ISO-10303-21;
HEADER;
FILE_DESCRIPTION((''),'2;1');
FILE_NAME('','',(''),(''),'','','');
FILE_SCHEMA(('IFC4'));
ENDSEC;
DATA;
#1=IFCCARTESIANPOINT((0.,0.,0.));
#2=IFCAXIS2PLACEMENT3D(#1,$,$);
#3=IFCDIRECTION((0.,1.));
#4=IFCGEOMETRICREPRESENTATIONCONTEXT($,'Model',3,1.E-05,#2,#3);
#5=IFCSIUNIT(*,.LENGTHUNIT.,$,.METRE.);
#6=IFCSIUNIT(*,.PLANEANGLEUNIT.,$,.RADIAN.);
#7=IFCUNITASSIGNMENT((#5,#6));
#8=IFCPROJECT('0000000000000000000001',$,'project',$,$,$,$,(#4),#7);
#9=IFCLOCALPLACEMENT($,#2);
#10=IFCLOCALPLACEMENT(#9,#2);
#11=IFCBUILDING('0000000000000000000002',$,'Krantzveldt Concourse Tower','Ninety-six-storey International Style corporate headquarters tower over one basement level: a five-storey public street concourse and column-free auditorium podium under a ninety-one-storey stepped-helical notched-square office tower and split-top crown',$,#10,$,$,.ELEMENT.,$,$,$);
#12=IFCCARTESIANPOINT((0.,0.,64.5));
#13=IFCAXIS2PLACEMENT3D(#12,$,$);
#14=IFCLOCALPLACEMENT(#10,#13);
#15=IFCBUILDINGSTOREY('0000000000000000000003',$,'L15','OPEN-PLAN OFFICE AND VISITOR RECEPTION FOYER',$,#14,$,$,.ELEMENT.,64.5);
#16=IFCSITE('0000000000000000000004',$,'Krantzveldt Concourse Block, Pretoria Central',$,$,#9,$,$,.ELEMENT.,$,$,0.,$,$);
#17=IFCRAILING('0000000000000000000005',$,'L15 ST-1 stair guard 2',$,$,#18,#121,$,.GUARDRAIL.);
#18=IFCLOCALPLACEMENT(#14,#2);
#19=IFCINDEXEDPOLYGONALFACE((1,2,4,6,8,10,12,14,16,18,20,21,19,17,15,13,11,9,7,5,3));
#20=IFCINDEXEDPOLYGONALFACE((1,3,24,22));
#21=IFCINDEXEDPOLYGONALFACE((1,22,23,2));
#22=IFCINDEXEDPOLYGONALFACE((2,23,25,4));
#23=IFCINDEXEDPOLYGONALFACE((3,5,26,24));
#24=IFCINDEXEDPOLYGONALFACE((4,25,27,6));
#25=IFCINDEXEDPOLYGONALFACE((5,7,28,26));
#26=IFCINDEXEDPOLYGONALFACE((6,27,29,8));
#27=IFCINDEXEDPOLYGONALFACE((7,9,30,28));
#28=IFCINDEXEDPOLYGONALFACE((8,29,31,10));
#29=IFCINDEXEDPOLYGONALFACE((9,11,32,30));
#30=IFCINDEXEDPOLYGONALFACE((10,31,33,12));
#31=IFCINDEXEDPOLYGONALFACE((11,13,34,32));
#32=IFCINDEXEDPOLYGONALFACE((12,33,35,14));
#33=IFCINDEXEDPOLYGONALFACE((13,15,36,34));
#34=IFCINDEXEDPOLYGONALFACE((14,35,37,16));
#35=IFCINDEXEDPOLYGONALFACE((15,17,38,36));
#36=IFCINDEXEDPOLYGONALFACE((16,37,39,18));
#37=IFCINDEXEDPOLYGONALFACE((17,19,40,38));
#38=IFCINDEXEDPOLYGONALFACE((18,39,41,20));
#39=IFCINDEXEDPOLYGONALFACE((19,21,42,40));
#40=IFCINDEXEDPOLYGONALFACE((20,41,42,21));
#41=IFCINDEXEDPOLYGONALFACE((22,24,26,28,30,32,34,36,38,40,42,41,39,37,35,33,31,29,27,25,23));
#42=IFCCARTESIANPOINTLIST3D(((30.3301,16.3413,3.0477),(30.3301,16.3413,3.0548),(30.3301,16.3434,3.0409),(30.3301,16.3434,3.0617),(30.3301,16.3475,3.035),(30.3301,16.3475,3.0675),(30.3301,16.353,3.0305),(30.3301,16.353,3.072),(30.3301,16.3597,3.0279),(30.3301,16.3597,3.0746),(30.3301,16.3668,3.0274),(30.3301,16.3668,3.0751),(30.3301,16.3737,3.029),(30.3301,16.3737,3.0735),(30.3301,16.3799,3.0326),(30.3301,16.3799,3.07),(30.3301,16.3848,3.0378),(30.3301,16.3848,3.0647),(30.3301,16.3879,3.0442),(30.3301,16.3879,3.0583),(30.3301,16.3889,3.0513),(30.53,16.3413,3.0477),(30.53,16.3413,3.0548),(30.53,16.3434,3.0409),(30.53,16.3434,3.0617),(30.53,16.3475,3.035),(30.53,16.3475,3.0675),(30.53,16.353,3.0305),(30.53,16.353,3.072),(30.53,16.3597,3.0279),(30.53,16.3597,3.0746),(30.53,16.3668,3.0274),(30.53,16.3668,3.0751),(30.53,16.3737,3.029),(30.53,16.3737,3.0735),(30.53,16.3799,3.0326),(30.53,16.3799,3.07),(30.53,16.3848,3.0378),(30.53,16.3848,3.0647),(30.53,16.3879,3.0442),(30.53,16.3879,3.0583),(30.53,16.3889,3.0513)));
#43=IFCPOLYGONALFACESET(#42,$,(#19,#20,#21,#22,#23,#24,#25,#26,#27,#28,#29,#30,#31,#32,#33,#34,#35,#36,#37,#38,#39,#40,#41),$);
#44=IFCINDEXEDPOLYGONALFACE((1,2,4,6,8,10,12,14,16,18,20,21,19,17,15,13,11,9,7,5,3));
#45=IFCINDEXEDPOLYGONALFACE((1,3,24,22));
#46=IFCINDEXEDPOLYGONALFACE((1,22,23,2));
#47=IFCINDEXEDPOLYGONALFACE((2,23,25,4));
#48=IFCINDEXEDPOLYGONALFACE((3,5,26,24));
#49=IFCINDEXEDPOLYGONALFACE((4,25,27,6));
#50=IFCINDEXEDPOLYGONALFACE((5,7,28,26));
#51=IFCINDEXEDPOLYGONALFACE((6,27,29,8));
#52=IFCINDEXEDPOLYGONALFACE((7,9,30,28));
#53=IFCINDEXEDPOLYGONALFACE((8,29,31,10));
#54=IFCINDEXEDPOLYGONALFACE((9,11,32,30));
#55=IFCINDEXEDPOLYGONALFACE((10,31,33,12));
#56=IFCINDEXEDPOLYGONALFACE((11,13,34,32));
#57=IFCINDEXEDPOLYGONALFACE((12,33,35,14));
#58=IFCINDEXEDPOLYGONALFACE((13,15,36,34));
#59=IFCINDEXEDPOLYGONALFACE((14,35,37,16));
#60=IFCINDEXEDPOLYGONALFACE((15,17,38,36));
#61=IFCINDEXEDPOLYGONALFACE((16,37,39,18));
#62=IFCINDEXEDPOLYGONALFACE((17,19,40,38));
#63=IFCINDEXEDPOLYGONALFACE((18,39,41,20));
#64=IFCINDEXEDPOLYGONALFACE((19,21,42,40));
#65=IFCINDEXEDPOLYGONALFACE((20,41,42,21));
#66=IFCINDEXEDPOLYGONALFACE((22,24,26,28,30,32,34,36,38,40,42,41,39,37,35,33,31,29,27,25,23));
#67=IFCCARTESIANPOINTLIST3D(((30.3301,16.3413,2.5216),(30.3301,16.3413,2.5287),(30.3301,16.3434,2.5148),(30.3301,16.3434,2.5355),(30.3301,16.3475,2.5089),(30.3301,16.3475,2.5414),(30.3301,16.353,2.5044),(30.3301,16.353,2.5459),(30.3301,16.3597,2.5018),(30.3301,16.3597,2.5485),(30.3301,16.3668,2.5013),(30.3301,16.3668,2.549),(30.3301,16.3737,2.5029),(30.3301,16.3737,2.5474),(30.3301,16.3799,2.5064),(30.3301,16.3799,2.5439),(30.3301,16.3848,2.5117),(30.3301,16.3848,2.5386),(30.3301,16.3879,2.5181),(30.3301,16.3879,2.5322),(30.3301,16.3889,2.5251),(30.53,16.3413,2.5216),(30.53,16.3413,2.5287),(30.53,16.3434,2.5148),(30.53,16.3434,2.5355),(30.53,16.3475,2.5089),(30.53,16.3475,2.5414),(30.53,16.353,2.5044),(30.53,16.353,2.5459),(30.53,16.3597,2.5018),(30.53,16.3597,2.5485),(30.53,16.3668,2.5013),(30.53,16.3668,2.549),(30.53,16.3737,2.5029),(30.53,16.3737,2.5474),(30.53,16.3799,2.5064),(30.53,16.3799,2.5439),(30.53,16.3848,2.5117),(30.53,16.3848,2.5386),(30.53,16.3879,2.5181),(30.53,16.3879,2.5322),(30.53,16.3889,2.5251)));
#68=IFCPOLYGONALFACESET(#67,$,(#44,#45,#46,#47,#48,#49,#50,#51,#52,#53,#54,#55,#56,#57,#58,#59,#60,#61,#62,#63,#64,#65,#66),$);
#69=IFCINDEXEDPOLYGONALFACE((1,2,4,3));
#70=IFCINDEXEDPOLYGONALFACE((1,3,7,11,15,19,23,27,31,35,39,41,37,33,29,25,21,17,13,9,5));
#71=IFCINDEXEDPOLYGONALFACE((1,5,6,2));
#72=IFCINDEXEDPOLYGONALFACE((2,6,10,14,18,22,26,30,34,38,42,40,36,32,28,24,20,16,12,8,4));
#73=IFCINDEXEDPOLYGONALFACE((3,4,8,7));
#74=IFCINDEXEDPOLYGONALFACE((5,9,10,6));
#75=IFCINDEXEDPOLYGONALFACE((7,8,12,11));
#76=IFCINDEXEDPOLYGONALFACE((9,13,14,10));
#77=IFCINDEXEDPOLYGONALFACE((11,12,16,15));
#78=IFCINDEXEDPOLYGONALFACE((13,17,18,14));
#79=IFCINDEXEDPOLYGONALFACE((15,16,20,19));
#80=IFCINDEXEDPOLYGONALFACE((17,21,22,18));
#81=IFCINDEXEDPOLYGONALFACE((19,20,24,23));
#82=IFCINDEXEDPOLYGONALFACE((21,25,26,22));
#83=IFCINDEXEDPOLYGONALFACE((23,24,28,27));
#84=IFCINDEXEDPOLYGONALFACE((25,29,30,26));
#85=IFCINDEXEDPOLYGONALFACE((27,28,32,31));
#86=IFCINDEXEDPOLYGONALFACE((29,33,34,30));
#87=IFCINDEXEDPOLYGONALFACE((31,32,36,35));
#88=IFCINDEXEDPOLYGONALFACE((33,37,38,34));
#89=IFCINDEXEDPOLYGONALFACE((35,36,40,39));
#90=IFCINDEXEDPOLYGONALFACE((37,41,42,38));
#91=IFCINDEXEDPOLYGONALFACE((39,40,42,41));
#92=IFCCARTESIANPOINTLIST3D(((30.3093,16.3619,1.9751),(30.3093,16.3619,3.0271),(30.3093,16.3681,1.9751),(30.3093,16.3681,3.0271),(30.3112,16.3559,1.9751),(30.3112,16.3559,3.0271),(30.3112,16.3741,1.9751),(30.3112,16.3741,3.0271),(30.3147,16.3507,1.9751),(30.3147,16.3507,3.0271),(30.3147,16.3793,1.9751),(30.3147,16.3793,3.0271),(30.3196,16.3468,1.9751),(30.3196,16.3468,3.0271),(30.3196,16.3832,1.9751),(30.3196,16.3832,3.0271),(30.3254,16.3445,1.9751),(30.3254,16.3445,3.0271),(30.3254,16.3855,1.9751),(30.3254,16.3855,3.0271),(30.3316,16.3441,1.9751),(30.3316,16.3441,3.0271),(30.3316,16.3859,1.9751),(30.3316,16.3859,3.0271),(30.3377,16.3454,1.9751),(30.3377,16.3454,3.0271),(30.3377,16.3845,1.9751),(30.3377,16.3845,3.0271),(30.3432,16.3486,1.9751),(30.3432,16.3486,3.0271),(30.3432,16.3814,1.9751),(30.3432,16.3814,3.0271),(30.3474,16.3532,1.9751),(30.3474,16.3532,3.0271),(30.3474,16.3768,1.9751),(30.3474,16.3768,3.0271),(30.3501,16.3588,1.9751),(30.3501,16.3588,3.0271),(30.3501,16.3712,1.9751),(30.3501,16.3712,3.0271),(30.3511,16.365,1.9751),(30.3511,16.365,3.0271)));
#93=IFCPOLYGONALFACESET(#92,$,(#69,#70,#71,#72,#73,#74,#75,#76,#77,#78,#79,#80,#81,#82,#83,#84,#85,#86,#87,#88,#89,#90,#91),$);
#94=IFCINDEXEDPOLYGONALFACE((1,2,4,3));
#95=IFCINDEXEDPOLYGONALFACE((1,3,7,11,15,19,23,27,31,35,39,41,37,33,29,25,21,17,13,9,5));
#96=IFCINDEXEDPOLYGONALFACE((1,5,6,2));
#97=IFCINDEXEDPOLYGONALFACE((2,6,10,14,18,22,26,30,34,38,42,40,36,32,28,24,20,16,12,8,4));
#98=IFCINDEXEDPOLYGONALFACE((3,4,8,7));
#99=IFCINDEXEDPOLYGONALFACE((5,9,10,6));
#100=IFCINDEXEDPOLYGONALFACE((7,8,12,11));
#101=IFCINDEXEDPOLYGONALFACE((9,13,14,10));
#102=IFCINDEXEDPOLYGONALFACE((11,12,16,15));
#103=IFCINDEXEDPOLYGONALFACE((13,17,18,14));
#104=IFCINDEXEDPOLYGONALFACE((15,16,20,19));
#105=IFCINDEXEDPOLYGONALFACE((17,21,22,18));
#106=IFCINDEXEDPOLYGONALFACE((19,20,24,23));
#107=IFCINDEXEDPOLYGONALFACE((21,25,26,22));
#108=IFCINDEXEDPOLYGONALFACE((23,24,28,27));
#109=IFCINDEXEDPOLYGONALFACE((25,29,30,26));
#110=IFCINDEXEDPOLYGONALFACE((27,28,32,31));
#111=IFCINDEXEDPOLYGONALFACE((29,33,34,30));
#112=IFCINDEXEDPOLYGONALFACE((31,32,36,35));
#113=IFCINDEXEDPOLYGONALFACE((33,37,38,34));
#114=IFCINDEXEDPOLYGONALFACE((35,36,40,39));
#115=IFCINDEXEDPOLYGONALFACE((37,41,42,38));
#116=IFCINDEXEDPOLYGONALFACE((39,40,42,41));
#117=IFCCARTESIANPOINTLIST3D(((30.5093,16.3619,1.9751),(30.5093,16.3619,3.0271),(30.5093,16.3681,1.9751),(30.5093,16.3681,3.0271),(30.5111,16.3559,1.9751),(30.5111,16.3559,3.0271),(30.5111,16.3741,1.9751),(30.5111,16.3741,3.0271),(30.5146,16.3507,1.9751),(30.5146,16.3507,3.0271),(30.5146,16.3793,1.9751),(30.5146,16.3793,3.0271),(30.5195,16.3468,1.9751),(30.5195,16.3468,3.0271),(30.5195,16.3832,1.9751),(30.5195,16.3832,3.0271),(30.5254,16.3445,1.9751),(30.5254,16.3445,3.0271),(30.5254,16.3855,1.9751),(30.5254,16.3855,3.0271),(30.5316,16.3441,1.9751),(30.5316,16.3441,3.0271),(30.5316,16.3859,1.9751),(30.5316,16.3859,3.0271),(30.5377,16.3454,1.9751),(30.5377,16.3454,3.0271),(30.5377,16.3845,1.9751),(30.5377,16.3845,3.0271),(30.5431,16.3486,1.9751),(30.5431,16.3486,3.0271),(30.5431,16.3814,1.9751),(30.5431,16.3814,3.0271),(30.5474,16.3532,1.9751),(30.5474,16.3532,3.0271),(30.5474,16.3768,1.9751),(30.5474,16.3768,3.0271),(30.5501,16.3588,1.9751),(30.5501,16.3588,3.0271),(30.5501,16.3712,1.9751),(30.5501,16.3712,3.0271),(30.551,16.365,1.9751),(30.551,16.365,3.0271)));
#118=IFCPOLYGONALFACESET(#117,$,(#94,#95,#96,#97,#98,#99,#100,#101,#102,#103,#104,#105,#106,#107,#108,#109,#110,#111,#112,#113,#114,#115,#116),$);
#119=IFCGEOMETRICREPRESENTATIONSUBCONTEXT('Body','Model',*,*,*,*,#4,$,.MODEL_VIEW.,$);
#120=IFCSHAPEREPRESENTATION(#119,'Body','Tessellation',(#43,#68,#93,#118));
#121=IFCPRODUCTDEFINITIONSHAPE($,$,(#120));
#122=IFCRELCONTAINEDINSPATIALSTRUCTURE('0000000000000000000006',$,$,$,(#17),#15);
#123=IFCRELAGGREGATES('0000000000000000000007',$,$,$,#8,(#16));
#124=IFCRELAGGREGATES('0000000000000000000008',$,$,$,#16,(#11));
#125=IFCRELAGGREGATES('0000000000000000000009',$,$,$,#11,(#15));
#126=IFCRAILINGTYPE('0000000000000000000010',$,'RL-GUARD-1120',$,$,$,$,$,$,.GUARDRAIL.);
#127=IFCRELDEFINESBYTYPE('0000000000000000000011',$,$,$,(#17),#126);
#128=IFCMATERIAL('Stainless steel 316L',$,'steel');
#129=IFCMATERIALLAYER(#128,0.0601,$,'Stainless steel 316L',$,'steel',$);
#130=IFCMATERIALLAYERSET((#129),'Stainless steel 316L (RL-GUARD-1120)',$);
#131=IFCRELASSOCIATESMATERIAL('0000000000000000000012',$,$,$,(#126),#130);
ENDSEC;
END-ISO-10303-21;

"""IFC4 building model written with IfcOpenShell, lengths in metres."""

from ifc_helpers import new_model, si_unit, direction, frame, origin, origin_2d, place, context, subcontext, project, spatial, circle, extrude, material, layer, layer_set, type_object, element, save


model = new_model("IFC4")

# Units and contexts
model_context = context("Model", 3, precision=1e-05, world=origin(), true_north=direction((0.0, 1.0)))
body_context = subcontext(model_context, "Body", "Model", "MODEL_VIEW")
ifc_project = project(units=[si_unit("LENGTHUNIT", "METRE"), si_unit("PLANEANGLEUNIT", "RADIAN")], contexts=[model_context])

# Site, building, storey
site_placement = place(None, origin())
site = spatial("IfcSite", under=ifc_project, at=site_placement, Name="Krantzveldt Concourse Block, Pretoria Central", CompositionType="ELEMENT", RefElevation=0.0)
building_placement = place(site_placement, origin())
building = spatial("IfcBuilding", under=site, at=building_placement, Name="Krantzveldt Concourse Tower", Description="Ninety-six-storey International Style corporate headquarters tower over one basement level: a five-storey public street concourse and column-free auditorium podium under a ninety-one-storey stepped-helical notched-square office tower and split-top crown", CompositionType="ELEMENT")
storey_placement = place(building_placement, frame((0.0, 0.0, 64.5)))
storey = spatial("IfcBuildingStorey", under=building, at=storey_placement, Name="L15", Description="OPEN-PLAN OFFICE AND VISITOR RECEPTION FOYER", CompositionType="ELEMENT", Elevation=64.5)

# Railing
ifc_material_1 = material(Name="Stainless steel 316L", Category="steel")
ifc_layer_1 = layer(ifc_material_1, 0.0601, Name="Stainless steel 316L", Category="steel")
ifc_layer_set_1 = layer_set([ifc_layer_1], Name="Stainless steel 316L (RL-GUARD-1120)")
railing_type_1 = type_object("IfcRailingType", Name="RL-GUARD-1120", PredefinedType="GUARDRAIL", material=ifc_layer_set_1)
railing_1_placement = place(storey_placement, frame((30.3301, 16.365, 1.9751)))
element("IfcRailing", 1, at=railing_1_placement, inside=storey, type_object=railing_type_1, Name="L15 ST-1 stair guard 2", PredefinedType="GUARDRAIL", context=body_context, shape_type="SweptSolid", body=[
    extrude(circle(Radius=0.0239, at=origin_2d()), frame((0.0, 0.0, 1.0762), z_axis=(1.0, 0.0, 0.0), x_axis=(0.0, 1.0, 0.0)), (0.0, 0.0, 1.0), 0.2),
    extrude(circle(Radius=0.0239, at=origin_2d()), frame((0.0, 0.0, 0.55), z_axis=(1.0, 0.0, 0.0), x_axis=(0.0, 1.0, 0.0)), (0.0, 0.0, 1.0), 0.2),
    extrude(circle(Radius=0.021, at=origin_2d()), origin(), (0.0, 0.0, 1.0), 1.052),
    extrude(circle(Radius=0.021, at=origin_2d()), frame((0.2, 0.0, 0.0)), (0.0, 0.0, 1.0), 1.052),
])

save(model, "model.ifc")
